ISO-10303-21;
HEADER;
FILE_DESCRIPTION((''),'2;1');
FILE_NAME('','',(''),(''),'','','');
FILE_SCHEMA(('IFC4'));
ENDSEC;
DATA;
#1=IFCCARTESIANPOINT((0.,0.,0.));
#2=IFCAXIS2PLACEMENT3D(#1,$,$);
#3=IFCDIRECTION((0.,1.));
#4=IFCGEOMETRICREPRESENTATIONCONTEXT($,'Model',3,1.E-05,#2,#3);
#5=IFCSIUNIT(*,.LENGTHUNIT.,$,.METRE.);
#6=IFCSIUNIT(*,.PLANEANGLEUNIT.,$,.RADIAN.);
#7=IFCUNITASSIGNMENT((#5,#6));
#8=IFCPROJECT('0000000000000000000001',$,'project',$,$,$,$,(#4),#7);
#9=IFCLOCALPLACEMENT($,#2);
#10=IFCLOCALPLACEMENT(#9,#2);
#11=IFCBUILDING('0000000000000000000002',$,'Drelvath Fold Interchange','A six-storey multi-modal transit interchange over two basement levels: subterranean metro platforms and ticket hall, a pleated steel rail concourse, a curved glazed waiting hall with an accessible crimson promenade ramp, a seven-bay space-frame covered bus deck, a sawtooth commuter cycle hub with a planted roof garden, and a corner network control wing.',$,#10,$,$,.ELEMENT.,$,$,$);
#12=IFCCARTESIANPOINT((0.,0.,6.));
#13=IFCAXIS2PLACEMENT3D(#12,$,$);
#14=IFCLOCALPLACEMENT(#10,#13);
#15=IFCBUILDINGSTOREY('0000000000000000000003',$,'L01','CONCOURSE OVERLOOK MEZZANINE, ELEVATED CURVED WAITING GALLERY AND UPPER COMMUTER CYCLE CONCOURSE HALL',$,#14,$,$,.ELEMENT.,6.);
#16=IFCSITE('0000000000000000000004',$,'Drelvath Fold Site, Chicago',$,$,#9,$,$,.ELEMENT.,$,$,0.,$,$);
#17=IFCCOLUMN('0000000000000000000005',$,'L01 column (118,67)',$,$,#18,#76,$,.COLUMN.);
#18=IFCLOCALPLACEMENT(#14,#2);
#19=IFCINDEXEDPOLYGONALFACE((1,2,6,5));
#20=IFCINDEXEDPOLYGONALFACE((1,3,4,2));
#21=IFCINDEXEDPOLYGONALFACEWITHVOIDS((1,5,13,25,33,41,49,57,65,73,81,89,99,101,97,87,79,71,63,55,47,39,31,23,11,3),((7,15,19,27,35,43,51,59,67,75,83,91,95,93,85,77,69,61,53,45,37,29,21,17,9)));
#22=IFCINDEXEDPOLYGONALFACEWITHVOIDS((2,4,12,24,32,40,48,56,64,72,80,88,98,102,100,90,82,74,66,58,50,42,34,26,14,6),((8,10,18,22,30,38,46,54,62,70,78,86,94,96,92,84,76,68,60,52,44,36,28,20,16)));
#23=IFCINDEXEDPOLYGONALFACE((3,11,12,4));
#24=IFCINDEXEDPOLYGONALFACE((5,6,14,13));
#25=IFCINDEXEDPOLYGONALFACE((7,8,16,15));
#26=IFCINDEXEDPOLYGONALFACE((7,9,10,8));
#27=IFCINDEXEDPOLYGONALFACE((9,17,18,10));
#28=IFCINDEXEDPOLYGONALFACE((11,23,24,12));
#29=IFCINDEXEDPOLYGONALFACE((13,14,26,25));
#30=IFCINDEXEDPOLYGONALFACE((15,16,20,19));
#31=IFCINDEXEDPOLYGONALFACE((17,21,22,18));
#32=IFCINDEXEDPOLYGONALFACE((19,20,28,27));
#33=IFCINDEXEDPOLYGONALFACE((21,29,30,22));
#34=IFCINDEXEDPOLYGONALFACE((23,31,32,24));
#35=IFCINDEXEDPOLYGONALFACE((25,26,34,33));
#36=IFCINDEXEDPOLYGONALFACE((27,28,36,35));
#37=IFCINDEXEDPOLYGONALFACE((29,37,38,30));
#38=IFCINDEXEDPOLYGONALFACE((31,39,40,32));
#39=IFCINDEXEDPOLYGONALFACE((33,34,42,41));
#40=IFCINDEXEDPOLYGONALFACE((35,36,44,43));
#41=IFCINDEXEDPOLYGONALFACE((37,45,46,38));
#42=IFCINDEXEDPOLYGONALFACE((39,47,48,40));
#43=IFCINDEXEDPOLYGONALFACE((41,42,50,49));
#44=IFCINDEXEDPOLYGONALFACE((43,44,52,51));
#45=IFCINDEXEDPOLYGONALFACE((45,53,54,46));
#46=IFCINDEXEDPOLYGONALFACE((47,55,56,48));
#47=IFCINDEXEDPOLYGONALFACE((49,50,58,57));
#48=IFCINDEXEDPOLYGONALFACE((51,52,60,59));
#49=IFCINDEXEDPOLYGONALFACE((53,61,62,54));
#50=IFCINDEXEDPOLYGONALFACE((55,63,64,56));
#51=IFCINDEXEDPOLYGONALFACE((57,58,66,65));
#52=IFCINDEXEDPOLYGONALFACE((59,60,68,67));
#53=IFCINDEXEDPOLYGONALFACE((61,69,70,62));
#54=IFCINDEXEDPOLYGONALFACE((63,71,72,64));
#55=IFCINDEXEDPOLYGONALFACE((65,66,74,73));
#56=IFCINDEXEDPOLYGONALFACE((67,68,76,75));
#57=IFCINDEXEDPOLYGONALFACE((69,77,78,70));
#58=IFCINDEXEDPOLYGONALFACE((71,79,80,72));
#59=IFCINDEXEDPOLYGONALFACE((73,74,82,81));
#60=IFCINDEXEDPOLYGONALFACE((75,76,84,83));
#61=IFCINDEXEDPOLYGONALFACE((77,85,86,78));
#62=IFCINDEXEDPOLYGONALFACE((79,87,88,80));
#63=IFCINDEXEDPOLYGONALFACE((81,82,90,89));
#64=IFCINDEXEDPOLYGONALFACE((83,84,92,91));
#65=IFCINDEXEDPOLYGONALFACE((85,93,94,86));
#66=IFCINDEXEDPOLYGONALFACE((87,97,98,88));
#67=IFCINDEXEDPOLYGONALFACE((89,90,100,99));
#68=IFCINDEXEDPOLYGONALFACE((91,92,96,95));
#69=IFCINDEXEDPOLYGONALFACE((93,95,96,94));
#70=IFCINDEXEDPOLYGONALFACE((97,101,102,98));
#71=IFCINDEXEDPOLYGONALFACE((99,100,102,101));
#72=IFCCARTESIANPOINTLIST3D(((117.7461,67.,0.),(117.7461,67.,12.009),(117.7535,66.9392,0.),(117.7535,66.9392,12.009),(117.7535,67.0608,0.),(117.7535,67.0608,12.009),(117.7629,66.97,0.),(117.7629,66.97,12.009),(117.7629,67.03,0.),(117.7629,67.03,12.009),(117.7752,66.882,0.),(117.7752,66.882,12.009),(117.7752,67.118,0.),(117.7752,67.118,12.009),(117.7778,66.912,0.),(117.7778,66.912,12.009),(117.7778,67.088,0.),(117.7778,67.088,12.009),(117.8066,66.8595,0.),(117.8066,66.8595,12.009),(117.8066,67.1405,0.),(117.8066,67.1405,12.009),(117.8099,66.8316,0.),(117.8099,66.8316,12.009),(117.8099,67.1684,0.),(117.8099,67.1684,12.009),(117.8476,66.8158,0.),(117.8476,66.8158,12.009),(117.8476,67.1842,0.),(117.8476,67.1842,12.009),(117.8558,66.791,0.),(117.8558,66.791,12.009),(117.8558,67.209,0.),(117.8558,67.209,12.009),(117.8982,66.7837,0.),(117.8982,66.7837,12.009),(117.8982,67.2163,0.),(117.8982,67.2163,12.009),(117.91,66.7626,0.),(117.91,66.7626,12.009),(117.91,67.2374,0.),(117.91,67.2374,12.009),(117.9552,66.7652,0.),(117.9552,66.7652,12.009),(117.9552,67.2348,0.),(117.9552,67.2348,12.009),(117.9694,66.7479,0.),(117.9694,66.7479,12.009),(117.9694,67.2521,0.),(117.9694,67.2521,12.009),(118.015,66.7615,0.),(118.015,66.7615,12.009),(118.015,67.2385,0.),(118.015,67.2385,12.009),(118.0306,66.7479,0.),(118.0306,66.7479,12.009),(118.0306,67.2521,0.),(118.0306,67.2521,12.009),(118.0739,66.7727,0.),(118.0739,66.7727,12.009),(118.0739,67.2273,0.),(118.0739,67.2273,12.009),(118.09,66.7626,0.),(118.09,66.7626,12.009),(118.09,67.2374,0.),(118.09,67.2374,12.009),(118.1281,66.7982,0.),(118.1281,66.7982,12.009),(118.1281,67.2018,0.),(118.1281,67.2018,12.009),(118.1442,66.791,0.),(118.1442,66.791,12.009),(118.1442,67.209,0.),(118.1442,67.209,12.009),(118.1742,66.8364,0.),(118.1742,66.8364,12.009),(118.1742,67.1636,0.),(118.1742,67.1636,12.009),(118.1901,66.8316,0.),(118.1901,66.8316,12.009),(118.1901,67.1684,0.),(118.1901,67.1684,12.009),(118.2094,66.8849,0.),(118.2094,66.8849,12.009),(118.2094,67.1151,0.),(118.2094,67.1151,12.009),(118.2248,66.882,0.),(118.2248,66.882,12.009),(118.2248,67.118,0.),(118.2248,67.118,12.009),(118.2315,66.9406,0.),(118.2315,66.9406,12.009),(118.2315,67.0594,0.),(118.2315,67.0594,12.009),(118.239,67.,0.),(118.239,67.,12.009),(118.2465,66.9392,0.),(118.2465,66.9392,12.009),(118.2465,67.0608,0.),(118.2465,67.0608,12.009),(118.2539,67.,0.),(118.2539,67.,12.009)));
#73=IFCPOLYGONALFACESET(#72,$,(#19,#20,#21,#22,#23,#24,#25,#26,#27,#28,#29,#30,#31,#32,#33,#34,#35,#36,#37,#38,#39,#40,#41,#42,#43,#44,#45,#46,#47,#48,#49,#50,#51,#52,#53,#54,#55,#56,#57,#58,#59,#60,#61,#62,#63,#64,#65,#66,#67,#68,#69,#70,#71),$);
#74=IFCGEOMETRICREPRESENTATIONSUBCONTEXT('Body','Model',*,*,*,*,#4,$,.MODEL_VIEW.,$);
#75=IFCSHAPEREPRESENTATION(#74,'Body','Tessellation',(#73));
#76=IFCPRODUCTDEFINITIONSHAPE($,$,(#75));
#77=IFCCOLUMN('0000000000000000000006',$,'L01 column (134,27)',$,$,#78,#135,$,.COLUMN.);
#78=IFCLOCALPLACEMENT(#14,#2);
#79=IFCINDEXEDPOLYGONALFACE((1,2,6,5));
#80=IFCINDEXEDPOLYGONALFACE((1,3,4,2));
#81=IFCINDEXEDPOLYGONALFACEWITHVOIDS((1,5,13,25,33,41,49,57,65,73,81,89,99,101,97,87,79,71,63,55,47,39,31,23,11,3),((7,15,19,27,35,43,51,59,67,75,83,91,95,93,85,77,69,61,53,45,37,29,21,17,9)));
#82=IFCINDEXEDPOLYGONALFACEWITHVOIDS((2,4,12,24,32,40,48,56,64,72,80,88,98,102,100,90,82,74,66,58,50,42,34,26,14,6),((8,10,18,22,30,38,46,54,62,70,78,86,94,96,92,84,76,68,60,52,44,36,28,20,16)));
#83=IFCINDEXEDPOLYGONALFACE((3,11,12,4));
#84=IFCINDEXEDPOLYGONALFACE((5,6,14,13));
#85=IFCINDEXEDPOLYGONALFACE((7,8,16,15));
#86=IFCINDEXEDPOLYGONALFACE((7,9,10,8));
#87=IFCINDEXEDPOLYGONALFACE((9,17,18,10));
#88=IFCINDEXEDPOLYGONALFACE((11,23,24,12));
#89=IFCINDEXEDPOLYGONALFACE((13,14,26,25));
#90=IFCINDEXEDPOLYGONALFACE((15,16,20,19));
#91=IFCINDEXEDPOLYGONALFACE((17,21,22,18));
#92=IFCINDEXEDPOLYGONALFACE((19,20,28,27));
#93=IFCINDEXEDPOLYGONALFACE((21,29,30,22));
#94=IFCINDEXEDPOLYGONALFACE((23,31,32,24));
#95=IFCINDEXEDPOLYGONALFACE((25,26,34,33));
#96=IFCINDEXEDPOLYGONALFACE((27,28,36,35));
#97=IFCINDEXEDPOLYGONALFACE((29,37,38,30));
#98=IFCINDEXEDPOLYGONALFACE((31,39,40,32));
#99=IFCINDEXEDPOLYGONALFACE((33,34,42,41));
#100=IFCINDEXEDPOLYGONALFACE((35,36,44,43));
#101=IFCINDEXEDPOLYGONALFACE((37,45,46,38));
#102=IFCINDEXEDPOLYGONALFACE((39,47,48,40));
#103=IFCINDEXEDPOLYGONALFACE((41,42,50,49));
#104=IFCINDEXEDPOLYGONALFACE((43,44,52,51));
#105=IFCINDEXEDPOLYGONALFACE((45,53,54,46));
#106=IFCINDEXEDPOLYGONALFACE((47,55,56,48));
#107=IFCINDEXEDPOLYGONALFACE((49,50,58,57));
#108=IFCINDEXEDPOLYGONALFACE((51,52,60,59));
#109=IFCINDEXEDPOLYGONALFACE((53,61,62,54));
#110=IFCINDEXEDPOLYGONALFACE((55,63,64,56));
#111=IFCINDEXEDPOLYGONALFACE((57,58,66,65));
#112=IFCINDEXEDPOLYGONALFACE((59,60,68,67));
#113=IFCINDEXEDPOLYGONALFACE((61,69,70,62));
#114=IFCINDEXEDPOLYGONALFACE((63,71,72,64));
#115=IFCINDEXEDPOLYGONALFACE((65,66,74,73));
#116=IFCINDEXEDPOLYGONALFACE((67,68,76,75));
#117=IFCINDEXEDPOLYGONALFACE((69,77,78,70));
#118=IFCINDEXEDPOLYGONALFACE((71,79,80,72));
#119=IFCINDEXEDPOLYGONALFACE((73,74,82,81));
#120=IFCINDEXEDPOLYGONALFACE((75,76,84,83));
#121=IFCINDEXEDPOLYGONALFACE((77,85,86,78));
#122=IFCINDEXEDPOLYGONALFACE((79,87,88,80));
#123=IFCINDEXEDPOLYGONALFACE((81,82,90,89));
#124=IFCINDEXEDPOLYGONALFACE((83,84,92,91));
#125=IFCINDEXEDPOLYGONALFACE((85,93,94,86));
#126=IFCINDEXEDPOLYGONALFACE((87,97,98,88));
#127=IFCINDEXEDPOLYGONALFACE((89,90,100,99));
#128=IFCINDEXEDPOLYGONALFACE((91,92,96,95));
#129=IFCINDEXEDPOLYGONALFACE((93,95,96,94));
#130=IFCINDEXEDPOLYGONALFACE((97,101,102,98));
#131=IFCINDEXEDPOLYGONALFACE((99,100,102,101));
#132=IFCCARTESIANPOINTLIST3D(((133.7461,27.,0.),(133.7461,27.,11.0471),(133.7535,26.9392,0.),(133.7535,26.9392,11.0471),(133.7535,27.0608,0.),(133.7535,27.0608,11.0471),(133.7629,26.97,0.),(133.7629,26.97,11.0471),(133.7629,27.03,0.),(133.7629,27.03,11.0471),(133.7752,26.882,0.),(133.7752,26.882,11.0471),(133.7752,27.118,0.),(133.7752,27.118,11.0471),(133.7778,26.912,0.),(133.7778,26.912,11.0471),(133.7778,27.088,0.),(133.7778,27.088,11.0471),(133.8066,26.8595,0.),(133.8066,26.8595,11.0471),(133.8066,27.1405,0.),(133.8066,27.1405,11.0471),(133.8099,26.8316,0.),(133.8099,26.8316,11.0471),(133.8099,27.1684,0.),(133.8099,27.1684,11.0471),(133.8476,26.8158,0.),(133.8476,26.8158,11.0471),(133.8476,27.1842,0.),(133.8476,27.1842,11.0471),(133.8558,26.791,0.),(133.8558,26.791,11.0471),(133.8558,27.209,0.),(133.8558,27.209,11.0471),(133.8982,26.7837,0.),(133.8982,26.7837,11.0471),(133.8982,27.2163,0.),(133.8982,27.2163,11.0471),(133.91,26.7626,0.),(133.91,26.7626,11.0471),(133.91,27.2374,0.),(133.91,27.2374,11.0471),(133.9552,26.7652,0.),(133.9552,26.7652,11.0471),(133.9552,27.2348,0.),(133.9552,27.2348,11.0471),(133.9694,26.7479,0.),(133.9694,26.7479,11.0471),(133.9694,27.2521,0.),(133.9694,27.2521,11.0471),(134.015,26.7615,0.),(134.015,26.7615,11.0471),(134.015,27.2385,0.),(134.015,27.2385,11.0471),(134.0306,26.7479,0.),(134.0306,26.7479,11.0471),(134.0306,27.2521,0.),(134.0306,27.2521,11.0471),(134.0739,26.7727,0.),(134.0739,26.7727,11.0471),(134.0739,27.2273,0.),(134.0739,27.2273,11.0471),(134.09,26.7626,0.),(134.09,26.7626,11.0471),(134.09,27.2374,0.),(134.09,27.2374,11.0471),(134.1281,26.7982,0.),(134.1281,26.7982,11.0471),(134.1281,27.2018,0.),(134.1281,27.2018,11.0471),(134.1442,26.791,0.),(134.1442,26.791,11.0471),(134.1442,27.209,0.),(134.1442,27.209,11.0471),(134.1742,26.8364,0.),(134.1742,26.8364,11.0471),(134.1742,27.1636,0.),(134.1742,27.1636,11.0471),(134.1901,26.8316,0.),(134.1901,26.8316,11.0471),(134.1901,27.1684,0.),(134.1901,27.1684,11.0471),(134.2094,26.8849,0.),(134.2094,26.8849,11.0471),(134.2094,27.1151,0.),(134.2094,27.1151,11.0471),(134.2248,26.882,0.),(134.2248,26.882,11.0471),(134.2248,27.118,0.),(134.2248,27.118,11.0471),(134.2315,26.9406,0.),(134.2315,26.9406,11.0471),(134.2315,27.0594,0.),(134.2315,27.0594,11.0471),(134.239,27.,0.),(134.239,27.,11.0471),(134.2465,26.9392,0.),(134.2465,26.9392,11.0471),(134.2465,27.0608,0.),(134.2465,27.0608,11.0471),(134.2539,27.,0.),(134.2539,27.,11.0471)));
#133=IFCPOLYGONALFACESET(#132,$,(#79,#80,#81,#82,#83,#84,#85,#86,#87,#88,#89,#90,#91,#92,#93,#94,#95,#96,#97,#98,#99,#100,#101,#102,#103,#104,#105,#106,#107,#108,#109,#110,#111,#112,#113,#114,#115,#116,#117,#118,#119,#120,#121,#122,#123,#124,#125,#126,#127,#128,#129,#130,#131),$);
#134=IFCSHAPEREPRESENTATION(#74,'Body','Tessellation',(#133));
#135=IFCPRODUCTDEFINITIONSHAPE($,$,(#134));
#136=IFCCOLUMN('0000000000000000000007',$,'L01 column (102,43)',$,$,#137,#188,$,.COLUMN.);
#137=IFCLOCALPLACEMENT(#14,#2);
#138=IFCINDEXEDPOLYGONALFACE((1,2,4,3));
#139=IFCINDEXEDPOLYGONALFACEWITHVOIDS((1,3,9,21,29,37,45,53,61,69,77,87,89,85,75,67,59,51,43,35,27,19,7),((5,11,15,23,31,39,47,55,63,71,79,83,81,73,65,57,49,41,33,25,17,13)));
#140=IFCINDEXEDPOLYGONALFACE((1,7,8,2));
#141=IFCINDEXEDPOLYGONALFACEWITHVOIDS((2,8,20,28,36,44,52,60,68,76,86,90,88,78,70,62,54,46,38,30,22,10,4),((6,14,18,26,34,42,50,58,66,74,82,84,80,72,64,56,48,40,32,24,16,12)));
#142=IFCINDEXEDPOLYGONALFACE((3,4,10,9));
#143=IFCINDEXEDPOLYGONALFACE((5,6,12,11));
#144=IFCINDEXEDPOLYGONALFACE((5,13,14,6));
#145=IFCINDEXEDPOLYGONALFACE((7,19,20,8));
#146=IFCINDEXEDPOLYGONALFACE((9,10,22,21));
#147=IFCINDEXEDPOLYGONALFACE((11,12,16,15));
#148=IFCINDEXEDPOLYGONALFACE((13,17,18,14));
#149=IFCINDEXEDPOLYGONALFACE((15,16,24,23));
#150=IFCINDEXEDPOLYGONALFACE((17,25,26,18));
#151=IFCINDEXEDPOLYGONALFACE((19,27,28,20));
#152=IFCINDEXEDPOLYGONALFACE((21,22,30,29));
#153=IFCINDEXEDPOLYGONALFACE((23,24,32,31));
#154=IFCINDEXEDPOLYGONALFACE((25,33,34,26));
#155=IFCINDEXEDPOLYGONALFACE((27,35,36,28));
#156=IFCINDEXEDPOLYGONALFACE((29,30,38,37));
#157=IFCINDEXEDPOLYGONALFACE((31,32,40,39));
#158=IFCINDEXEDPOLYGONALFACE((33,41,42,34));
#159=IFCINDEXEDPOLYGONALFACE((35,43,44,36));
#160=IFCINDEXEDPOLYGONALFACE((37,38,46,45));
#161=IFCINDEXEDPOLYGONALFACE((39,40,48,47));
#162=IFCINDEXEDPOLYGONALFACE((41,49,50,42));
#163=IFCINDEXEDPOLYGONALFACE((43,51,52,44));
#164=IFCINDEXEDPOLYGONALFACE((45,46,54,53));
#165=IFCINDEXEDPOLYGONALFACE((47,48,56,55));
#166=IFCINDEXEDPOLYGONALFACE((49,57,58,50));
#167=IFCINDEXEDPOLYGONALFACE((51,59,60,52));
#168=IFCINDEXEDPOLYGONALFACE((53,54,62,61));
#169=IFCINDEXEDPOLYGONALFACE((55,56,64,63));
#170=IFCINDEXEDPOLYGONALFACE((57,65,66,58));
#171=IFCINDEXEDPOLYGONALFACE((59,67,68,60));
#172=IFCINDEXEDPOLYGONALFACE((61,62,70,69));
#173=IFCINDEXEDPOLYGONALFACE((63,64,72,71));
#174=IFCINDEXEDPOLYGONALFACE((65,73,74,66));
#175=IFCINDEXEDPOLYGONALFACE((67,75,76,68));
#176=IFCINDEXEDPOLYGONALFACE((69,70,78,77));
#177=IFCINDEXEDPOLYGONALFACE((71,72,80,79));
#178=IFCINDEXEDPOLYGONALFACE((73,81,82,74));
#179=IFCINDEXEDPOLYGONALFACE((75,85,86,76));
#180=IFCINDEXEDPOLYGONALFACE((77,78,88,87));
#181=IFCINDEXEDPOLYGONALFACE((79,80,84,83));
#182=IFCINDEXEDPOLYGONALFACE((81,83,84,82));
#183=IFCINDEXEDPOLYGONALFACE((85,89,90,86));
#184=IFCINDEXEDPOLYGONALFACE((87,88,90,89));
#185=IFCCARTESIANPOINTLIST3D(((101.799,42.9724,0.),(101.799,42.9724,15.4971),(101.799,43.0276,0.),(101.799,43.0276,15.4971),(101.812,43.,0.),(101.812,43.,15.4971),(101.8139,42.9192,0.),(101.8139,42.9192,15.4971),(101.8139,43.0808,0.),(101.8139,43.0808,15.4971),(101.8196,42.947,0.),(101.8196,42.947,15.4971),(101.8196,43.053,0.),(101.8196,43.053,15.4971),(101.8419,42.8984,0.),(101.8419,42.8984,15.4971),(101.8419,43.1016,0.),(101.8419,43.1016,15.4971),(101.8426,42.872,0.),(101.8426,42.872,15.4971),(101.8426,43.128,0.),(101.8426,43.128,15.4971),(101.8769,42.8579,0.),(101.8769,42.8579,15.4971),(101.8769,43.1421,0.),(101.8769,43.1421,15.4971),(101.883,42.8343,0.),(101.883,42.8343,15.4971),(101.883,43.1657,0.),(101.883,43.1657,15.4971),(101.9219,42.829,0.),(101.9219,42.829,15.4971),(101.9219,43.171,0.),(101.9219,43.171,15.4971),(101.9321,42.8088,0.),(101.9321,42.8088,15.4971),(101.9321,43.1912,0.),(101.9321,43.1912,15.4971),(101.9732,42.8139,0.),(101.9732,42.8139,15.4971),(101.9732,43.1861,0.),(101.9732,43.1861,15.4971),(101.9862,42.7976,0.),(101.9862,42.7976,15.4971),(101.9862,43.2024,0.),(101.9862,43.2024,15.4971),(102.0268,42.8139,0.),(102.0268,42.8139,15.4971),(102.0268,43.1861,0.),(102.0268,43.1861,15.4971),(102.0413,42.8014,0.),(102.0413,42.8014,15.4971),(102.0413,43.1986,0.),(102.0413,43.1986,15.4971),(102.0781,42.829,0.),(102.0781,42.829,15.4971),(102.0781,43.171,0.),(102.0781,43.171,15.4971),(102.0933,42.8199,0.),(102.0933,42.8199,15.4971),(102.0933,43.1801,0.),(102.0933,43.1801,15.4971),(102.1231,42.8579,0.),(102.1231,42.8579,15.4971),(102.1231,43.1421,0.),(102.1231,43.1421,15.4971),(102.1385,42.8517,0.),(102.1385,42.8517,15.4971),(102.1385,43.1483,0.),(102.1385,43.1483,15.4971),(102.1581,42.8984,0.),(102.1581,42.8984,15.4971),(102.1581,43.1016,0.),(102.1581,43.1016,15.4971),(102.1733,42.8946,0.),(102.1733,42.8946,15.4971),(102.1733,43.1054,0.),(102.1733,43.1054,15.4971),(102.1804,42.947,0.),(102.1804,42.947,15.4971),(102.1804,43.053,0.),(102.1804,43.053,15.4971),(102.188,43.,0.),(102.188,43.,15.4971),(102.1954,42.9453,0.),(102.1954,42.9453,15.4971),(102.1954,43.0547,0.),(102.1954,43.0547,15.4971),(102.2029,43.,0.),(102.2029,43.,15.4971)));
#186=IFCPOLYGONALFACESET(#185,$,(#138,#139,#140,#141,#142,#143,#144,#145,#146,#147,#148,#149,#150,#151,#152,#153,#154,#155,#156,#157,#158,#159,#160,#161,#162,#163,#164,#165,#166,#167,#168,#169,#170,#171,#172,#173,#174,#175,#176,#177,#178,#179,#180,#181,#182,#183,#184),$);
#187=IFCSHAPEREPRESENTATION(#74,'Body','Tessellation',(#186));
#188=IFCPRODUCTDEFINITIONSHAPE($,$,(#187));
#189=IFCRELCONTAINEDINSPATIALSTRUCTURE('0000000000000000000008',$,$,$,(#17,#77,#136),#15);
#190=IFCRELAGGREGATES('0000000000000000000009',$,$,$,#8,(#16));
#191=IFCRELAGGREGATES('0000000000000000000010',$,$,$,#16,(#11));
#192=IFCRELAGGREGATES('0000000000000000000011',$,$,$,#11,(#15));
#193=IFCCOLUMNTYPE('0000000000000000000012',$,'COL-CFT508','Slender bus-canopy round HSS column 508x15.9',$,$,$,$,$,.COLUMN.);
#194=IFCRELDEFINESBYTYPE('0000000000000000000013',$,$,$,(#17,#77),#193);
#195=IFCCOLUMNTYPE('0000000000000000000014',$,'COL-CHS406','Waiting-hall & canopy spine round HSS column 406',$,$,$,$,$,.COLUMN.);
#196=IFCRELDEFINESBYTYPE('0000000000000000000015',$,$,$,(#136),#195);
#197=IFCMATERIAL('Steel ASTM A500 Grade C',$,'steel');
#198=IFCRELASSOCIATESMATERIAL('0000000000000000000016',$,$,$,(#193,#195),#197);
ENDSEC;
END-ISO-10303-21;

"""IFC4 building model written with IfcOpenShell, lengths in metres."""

from ifc_helpers import new_model, si_unit, direction, frame, origin, origin_2d, place, context, subcontext, project, spatial, hollow_circle, extrude, material, material_profile, profile_set, type_object, element, save


model = new_model("IFC4")

# Units and contexts
model_context = context("Model", 3, precision=1e-05, world=origin(), true_north=direction((0.0, 1.0)))
body_context = subcontext(model_context, "Body", "Model", "MODEL_VIEW")
ifc_project = project(units=[si_unit("LENGTHUNIT", "METRE"), si_unit("PLANEANGLEUNIT", "RADIAN")], contexts=[model_context])

# Site, building, storey
site_placement = place(None, origin())
site = spatial("IfcSite", under=ifc_project, at=site_placement, Name="Drelvath Fold Site, Chicago", CompositionType="ELEMENT", RefElevation=0.0)
building_placement = place(site_placement, origin())
building = spatial("IfcBuilding", under=site, at=building_placement, Name="Drelvath Fold Interchange", Description="A six-storey multi-modal transit interchange over two basement levels: subterranean metro platforms and ticket hall, a pleated steel rail concourse, a curved glazed waiting hall with an accessible crimson promenade ramp, a seven-bay space-frame covered bus deck, a sawtooth commuter cycle hub with a planted roof garden, and a corner network control wing.", CompositionType="ELEMENT")
storey_placement = place(building_placement, frame((0.0, 0.0, 6.0)))
storey = spatial("IfcBuildingStorey", under=building, at=storey_placement, Name="L01", Description="CONCOURSE OVERLOOK MEZZANINE, ELEVATED CURVED WAITING GALLERY AND UPPER COMMUTER CYCLE CONCOURSE HALL", CompositionType="ELEMENT", Elevation=6.0)

# Columns
ifc_material_1 = material(Name="Steel ASTM A500 Grade C", Category="steel")
ifc_material_profile_1 = material_profile(ifc_material_1, hollow_circle(Radius=0.2539, WallThickness=0.0149, at=origin_2d()), Name="HSS20.000X0.625")
ifc_profile_set_1 = profile_set([ifc_material_profile_1], Name="Steel ASTM A500 Grade C")
column_type_1 = type_object("IfcColumnType", Name="COL-CFT508", Description="Slender bus-canopy round HSS column 508x15.9", PredefinedType="COLUMN", material=ifc_profile_set_1)
for number, where, z_axis, x_axis, name in (
    (1, (118.0, 67.0, 0.0), (0.0, 0.0, 1.0), (1.0, 0.0, 0.0), "L01 column (118,67)"),
):
    element("IfcColumn", number, at=place(storey_placement, frame(where, z_axis=z_axis, x_axis=x_axis)), inside=storey, type_object=column_type_1, Name=name, PredefinedType="COLUMN", context=body_context, shape_type="SweptSolid", body=[
        extrude(hollow_circle(Radius=0.2539, WallThickness=0.0149, at=origin_2d()), origin(), (0.0, 0.0, 1.0), 12.009),
    ])
column_1_placement = place(storey_placement, frame((134.0, 27.0, 0.0), z_axis=(0.0, 0.0, 1.0), x_axis=(1.0, 0.0, 0.0)))
element("IfcColumn", 2, at=column_1_placement, inside=storey, type_object=column_type_1, Name="L01 column (134,27)", PredefinedType="COLUMN", context=body_context, shape_type="SweptSolid", body=[
    extrude(hollow_circle(Radius=0.2539, WallThickness=0.0149, at=origin_2d()), origin(), (0.0, 0.0, 1.0), 11.0471),
])
ifc_material_profile_2 = material_profile(ifc_material_1, hollow_circle(Radius=0.2029, WallThickness=0.0149, at=origin_2d()), Name="HSS16.000X0.625")
ifc_profile_set_2 = profile_set([ifc_material_profile_2], Name="Steel ASTM A500 Grade C")
column_type_2 = type_object("IfcColumnType", Name="COL-CHS406", Description="Waiting-hall & canopy spine round HSS column 406", PredefinedType="COLUMN", material=ifc_profile_set_2)
column_2_placement = place(storey_placement, frame((102.0, 43.0, 0.0), z_axis=(0.0, 0.0, 1.0), x_axis=(1.0, 0.0, 0.0)))
element("IfcColumn", 3, at=column_2_placement, inside=storey, type_object=column_type_2, Name="L01 column (102,43)", PredefinedType="COLUMN", context=body_context, shape_type="SweptSolid", body=[
    extrude(hollow_circle(Radius=0.2029, WallThickness=0.0149, at=origin_2d()), origin(), (0.0, 0.0, 1.0), 15.4971),
])

save(model, "model.ifc")
